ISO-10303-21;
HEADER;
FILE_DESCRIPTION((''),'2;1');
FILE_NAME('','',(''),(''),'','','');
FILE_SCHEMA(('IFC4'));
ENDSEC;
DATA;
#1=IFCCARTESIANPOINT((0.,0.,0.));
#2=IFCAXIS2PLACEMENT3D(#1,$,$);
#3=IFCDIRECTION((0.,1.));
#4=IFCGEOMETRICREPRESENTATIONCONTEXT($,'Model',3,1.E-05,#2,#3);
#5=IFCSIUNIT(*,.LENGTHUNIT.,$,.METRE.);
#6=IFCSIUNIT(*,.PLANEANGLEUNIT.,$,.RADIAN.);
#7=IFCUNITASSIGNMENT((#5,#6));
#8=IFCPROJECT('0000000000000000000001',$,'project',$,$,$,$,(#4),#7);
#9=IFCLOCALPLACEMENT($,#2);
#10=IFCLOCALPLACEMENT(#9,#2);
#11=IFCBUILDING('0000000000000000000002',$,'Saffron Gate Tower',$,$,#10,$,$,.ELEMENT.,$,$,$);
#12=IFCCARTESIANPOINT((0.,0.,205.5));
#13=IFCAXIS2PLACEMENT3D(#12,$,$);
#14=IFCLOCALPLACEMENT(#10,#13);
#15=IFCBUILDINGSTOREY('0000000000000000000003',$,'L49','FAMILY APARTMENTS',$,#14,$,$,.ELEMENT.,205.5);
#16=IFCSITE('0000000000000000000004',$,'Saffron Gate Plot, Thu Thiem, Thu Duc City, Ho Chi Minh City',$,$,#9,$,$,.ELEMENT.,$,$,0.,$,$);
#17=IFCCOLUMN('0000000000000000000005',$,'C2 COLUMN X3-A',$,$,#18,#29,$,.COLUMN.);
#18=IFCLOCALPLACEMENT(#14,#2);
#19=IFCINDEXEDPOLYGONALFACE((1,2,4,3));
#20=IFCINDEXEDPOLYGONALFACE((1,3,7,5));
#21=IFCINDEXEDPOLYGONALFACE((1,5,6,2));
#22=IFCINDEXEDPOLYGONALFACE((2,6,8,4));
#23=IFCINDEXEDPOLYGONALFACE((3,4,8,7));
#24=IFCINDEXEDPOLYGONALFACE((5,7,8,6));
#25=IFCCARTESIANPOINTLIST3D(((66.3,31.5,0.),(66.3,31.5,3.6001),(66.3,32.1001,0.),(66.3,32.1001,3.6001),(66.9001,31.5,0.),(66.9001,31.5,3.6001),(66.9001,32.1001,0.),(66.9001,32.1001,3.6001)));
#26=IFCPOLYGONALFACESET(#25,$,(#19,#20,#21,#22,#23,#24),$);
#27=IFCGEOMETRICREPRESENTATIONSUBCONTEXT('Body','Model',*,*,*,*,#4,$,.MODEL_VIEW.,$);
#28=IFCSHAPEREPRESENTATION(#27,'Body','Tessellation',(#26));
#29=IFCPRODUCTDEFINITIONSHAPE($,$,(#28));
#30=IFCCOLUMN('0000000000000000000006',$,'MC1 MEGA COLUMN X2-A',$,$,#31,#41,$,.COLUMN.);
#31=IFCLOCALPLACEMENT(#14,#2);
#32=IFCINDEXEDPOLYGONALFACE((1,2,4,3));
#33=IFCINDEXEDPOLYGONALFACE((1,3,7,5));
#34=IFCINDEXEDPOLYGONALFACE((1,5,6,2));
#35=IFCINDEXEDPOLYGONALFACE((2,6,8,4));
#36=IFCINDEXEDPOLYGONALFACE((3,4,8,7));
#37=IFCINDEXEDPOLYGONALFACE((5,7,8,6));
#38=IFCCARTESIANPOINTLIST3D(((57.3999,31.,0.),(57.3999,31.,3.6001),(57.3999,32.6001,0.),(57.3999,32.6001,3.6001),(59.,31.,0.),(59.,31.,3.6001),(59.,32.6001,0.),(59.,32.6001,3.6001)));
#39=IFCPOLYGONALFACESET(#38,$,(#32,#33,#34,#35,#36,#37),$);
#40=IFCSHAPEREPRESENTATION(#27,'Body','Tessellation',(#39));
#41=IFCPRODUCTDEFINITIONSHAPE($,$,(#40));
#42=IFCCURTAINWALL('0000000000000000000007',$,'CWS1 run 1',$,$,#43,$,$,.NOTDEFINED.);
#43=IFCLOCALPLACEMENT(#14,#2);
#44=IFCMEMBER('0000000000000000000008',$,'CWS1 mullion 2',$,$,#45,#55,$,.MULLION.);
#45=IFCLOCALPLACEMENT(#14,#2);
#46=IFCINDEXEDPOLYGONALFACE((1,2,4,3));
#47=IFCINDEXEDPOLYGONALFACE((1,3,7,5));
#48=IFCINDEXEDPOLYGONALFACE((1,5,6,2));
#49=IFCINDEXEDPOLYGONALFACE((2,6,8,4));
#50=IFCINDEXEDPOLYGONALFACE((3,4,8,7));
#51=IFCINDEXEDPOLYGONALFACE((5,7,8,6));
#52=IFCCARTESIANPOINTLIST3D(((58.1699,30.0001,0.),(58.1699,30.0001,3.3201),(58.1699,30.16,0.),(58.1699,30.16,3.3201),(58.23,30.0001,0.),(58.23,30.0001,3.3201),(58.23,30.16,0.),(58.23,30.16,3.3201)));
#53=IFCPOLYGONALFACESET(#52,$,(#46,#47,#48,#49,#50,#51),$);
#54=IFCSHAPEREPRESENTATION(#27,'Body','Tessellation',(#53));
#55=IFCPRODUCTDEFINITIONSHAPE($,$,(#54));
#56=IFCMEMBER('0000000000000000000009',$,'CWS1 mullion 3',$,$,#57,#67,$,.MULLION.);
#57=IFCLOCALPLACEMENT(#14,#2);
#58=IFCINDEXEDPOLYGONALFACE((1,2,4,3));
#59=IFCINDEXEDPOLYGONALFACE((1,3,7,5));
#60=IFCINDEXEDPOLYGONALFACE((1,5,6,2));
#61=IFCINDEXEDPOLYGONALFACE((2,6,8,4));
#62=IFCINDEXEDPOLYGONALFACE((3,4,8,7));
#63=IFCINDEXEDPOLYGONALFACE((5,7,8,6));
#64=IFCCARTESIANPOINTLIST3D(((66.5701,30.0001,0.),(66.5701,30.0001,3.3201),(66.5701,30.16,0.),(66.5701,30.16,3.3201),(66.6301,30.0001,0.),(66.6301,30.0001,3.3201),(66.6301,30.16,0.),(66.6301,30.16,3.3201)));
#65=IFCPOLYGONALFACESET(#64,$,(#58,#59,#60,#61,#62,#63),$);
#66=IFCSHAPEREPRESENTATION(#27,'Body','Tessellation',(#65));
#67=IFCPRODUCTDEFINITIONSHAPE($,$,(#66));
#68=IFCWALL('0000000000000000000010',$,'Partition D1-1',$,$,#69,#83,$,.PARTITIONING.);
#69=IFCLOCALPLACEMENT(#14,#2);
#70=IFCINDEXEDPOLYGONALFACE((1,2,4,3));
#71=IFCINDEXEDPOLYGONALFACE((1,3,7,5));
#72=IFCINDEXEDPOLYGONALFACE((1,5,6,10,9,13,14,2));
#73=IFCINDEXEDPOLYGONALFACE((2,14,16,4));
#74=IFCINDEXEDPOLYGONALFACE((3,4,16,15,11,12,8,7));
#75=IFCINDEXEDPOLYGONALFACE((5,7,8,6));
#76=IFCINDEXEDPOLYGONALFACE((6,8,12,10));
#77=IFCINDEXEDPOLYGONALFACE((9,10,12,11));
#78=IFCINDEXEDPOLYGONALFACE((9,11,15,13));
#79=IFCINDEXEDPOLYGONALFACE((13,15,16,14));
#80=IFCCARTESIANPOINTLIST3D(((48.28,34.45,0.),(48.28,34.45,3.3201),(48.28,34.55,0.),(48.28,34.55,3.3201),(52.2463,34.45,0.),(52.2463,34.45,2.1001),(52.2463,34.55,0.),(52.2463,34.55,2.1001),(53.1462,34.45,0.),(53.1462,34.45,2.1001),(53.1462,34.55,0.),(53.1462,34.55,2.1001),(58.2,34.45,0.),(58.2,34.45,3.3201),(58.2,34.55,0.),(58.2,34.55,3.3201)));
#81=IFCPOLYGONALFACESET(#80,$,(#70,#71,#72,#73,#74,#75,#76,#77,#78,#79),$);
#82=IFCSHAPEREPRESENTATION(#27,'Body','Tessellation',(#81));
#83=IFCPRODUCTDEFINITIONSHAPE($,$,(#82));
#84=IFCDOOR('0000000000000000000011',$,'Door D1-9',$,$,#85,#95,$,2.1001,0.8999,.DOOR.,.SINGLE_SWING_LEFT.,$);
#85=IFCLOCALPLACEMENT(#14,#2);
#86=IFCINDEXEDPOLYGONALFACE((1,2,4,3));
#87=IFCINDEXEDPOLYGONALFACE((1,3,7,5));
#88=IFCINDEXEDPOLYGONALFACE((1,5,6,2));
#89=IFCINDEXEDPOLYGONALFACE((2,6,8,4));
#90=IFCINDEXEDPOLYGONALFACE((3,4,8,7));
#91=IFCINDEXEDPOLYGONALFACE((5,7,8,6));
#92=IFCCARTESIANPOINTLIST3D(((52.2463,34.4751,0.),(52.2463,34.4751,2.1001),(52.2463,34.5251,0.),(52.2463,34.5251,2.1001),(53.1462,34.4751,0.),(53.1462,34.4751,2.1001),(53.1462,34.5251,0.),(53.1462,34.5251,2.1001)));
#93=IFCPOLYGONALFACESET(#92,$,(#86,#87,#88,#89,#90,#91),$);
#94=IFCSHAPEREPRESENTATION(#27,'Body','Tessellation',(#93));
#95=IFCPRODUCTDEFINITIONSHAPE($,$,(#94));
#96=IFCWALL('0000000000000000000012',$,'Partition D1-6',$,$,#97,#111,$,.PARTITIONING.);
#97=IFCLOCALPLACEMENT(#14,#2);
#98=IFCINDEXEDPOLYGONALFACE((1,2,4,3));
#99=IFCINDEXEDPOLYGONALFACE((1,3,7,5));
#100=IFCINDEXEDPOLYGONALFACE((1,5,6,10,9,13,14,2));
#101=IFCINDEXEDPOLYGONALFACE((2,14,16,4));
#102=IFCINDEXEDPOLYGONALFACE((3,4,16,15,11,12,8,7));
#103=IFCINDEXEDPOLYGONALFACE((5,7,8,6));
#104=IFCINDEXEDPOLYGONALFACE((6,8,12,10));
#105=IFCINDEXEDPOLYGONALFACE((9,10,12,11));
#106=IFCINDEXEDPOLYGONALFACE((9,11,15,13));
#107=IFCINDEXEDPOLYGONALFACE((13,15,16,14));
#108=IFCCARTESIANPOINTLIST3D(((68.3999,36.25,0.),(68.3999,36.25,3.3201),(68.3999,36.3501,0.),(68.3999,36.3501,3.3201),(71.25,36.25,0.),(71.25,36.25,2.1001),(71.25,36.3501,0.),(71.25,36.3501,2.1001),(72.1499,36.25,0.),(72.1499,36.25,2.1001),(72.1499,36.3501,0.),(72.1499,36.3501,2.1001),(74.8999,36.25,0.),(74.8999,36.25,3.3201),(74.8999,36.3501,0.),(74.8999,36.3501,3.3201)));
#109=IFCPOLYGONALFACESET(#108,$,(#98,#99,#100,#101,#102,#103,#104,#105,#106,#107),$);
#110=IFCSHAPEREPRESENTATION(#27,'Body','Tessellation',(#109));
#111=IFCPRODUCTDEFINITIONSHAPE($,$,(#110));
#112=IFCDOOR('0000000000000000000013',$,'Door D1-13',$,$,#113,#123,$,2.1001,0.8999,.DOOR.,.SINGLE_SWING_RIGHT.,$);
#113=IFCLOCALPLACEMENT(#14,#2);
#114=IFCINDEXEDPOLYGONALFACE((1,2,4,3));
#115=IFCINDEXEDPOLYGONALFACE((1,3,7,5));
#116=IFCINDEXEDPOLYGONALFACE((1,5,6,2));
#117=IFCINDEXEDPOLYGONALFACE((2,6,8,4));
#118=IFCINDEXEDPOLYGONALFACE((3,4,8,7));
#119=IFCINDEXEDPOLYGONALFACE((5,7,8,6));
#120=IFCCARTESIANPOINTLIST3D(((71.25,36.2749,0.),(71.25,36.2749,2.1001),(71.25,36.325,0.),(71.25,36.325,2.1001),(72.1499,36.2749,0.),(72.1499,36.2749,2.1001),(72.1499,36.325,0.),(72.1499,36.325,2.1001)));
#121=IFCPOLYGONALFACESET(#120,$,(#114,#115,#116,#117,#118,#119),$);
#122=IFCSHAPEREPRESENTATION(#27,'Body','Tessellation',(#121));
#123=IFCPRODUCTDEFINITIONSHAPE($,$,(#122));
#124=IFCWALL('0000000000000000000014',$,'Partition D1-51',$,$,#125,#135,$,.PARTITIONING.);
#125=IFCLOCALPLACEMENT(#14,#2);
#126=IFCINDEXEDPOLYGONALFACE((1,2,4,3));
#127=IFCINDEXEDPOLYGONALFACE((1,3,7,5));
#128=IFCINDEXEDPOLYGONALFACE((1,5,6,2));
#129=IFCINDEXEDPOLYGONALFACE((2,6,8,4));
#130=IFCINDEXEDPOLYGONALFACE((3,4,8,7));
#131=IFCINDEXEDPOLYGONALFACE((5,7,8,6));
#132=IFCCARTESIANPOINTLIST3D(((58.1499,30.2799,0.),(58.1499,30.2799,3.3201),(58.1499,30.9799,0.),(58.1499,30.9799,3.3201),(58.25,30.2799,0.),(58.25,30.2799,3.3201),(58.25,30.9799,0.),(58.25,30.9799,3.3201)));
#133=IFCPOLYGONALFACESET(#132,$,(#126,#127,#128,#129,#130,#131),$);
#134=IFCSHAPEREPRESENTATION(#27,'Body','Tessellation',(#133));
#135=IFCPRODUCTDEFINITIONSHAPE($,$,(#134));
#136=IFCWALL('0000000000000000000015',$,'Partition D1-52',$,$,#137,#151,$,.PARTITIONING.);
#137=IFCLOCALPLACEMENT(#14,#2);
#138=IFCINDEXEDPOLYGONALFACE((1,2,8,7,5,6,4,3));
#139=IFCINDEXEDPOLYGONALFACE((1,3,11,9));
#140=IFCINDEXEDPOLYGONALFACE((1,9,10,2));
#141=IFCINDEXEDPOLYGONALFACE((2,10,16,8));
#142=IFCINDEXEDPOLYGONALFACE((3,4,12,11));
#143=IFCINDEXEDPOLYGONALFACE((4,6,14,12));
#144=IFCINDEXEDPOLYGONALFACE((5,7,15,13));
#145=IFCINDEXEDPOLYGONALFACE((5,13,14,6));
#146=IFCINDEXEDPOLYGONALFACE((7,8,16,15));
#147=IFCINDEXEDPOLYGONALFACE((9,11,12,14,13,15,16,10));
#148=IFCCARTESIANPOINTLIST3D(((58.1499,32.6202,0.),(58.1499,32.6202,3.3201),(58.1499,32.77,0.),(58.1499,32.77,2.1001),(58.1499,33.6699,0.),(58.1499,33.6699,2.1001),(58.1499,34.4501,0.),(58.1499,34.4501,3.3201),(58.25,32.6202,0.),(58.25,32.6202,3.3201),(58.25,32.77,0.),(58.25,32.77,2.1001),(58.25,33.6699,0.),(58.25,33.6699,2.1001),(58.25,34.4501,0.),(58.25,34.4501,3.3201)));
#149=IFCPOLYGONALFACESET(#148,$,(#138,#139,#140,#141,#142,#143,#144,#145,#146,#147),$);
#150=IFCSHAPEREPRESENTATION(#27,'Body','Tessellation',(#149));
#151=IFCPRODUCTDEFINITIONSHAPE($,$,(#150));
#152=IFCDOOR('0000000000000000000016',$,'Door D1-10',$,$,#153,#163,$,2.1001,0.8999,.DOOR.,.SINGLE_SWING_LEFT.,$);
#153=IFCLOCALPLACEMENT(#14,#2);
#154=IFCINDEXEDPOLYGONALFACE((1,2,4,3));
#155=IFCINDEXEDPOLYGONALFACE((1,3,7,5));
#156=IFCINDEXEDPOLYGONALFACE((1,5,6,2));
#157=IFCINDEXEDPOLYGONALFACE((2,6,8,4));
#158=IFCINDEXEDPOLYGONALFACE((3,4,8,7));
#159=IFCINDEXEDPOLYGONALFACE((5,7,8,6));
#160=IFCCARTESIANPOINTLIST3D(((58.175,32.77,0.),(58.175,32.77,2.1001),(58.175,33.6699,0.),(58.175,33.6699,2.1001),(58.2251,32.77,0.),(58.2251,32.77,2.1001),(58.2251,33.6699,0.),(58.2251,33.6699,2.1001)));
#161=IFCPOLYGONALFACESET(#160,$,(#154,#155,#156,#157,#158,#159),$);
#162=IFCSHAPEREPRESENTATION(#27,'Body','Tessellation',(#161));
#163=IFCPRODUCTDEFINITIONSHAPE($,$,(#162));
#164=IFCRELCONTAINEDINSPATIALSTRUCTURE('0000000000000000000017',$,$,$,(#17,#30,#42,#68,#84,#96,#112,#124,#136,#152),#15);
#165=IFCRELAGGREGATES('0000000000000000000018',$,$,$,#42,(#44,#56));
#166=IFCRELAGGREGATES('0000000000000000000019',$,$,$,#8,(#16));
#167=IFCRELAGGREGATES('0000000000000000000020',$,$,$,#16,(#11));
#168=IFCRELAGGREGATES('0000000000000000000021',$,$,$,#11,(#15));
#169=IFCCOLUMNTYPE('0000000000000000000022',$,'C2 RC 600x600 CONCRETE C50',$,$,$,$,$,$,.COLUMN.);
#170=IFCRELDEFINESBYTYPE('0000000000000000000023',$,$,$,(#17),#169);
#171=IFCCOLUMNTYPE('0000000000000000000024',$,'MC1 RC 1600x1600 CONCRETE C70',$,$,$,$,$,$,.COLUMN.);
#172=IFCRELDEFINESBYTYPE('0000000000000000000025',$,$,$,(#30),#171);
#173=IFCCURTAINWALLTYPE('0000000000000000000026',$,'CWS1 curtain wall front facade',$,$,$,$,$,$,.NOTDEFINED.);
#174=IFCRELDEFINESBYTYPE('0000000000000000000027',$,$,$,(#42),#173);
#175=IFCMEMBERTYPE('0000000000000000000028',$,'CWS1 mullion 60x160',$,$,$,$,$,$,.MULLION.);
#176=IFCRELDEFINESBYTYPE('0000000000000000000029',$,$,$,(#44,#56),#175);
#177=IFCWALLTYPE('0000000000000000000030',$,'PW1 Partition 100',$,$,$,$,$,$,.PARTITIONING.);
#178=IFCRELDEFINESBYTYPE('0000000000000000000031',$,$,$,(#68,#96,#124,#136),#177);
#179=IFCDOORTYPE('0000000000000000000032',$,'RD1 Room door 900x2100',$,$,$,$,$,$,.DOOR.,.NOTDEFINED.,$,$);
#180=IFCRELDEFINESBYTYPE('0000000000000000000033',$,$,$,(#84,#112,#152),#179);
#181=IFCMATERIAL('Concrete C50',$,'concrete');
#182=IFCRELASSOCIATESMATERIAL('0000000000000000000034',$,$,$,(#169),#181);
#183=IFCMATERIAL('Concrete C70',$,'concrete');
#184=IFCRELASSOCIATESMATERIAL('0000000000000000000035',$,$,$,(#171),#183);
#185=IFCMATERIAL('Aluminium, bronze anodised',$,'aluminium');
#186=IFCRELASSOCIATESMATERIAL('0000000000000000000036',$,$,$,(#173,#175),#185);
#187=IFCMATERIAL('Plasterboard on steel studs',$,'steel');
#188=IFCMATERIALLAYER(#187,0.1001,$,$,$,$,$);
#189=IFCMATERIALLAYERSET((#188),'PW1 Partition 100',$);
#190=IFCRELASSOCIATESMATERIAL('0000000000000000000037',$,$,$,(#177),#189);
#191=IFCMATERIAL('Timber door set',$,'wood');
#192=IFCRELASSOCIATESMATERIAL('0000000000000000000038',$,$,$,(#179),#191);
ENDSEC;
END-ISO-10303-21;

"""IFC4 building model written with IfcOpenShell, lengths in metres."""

from ifc_helpers import new_model, si_unit, direction, frame, frame_2d, origin, origin_2d, place, context, subcontext, project, spatial, rectangle, extrude, material, layer, layer_set, material_profile, profile_set, type_object, element, fill, aggregate, save


model = new_model("IFC4")

# Units and contexts
model_context = context("Model", 3, precision=1e-05, world=origin(), true_north=direction((0.0, 1.0)))
body_context = subcontext(model_context, "Body", "Model", "MODEL_VIEW")
ifc_project = project(units=[si_unit("LENGTHUNIT", "METRE"), si_unit("PLANEANGLEUNIT", "RADIAN")], contexts=[model_context])

# Site, building, storey
site_placement = place(None, origin())
site = spatial("IfcSite", under=ifc_project, at=site_placement, Name="Saffron Gate Plot, Thu Thiem, Thu Duc City, Ho Chi Minh City", CompositionType="ELEMENT", RefElevation=0.0)
building_placement = place(site_placement, origin())
building = spatial("IfcBuilding", under=site, at=building_placement, Name="Saffron Gate Tower", CompositionType="ELEMENT")
storey_placement = place(building_placement, frame((0.0, 0.0, 205.5)))
storey = spatial("IfcBuildingStorey", under=building, at=storey_placement, Name="L49", Description="FAMILY APARTMENTS", CompositionType="ELEMENT", Elevation=205.5)

# Columns
ifc_material_1 = material(Name="Concrete C50", Category="concrete")
ifc_material_profile_1 = material_profile(ifc_material_1, rectangle(XDim=0.6001, YDim=0.6001, at=origin_2d()))
ifc_profile_set_1 = profile_set([ifc_material_profile_1], Name="Concrete C50")
column_type_1 = type_object("IfcColumnType", Name="C2 RC 600x600 CONCRETE C50", PredefinedType="COLUMN", material=ifc_profile_set_1)
column_1_placement = place(storey_placement, frame((66.6001, 31.8, 0.0), z_axis=(0.0, 0.0, 1.0), x_axis=(1.0, 0.0, 0.0)))
element("IfcColumn", 1, at=column_1_placement, inside=storey, type_object=column_type_1, Name="C2 COLUMN X3-A", PredefinedType="COLUMN", context=body_context, shape_type="SweptSolid", body=[
    extrude(rectangle(XDim=0.6001, YDim=0.6001, at=origin_2d()), origin(), (0.0, 0.0, 1.0), 3.6001),
])
ifc_material_2 = material(Name="Concrete C70", Category="concrete")
ifc_material_profile_2 = material_profile(ifc_material_2, rectangle(XDim=1.6001, YDim=1.6001, at=origin_2d()))
ifc_profile_set_2 = profile_set([ifc_material_profile_2], Name="Concrete C70")
column_type_2 = type_object("IfcColumnType", Name="MC1 RC 1600x1600 CONCRETE C70", PredefinedType="COLUMN", material=ifc_profile_set_2)
column_2_placement = place(storey_placement, frame((58.2, 31.8, 0.0), z_axis=(0.0, 0.0, 1.0), x_axis=(1.0, 0.0, 0.0)))
element("IfcColumn", 2, at=column_2_placement, inside=storey, type_object=column_type_2, Name="MC1 MEGA COLUMN X2-A", PredefinedType="COLUMN", context=body_context, shape_type="SweptSolid", body=[
    extrude(rectangle(XDim=1.6001, YDim=1.6001, at=origin_2d()), origin(), (0.0, 0.0, 1.0), 3.6001),
])

# Curtain wall, members
ifc_material_3 = material(Name="Aluminium, bronze anodised", Category="aluminium")
curtain_wall_type = type_object("IfcCurtainWallType", Name="CWS1 curtain wall front facade", PredefinedType="NOTDEFINED", material=ifc_material_3)
curtain_wall_placement = place(storey_placement, origin())
curtain_wall = element("IfcCurtainWall", 3, at=curtain_wall_placement, inside=storey, type_object=curtain_wall_type, Name="CWS1 run 1", PredefinedType="NOTDEFINED")
ifc_material_profile_3 = material_profile(ifc_material_3, rectangle(XDim=0.1599, YDim=0.0601, at=origin_2d()))
ifc_profile_set_3 = profile_set([ifc_material_profile_3], Name="Aluminium, bronze anodised")
member_type = type_object("IfcMemberType", Name="CWS1 mullion 60x160", PredefinedType="MULLION", material=ifc_profile_set_3)
member_1_placement = place(storey_placement, frame((58.2, 30.0801, 0.0), z_axis=(0.0, 0.0, 1.0), x_axis=(0.0, 1.0, 0.0)))
member_1 = element("IfcMember", 4, at=member_1_placement, type_object=member_type, Name="CWS1 mullion 2", PredefinedType="MULLION", context=body_context, shape_type="SweptSolid", body=[
    extrude(rectangle(XDim=0.1599, YDim=0.0601, at=origin_2d()), origin(), (0.0, 0.0, 1.0), 3.3201),
])
member_2_placement = place(storey_placement, frame((66.6001, 30.0801, 0.0), z_axis=(0.0, 0.0, 1.0), x_axis=(0.0, 1.0, 0.0)))
member_2 = element("IfcMember", 5, at=member_2_placement, type_object=member_type, Name="CWS1 mullion 3", PredefinedType="MULLION", context=body_context, shape_type="SweptSolid", body=[
    extrude(rectangle(XDim=0.1599, YDim=0.0601, at=origin_2d()), origin(), (0.0, 0.0, 1.0), 3.3201),
])
aggregate(curtain_wall, [member_1, member_2])

# Walls, openings, doors
ifc_material_4 = material(Name="Plasterboard on steel studs", Category="steel")
ifc_layer = layer(ifc_material_4, 0.1001)
ifc_layer_set = layer_set([ifc_layer], Name="PW1 Partition 100")
wall_type = type_object("IfcWallType", Name="PW1 Partition 100", PredefinedType="PARTITIONING", material=ifc_layer_set)
wall_1_placement = place(storey_placement, frame((58.2, 34.5, 0.0), z_axis=(0.0, 0.0, 1.0), x_axis=(-1.0, 0.0, 0.0)))
wall_1 = element("IfcWall", 6, at=wall_1_placement, inside=storey, type_object=wall_type, Name="Partition D1-1", PredefinedType="PARTITIONING", context=body_context, shape_type="SweptSolid", body=[
    extrude(rectangle(XDim=9.9199, YDim=0.1001, at=frame_2d((4.96, 0.0))), origin(), (0.0, 0.0, 1.0), 3.3201),
])
opening_1_placement = place(wall_1_placement, frame((5.0537, 0.0, 0.0)))
opening_1 = element("IfcOpeningElement", 7, at=opening_1_placement, cuts=wall_1, PredefinedType="OPENING", context=body_context, shape_type="SweptSolid", body=[
    extrude(rectangle(XDim=0.8999, YDim=2.1001, at=frame_2d((0.45, 1.05))), frame((0.0, 0.0601, 0.0), z_axis=(0.0, -1.0, 0.0), x_axis=(1.0, 0.0, 0.0)), (0.0, 0.0, 1.0), 0.1201),
])
ifc_material_5 = material(Name="Timber door set", Category="wood")
door_type = type_object("IfcDoorType", Name="RD1 Room door 900x2100", OperationType="NOTDEFINED", PredefinedType="DOOR", material=ifc_material_5)
door_1_placement = place(opening_1_placement, origin())
door_1 = element("IfcDoor", 8, at=door_1_placement, inside=storey, type_object=door_type, Name="Door D1-9", OperationType="SINGLE_SWING_LEFT", OverallHeight=2.1001, OverallWidth=0.8999, PredefinedType="DOOR", context=body_context, shape_type="SweptSolid", body=[
    extrude(rectangle(XDim=0.8999, YDim=2.1001, at=frame_2d((0.45, 1.05))), frame((0.0, 0.0249, 0.0), z_axis=(0.0, -1.0, 0.0), x_axis=(1.0, 0.0, 0.0)), (0.0, 0.0, 1.0), 0.05),
])
fill(opening_1, door_1)
wall_2_placement = place(storey_placement, frame((68.3999, 36.3, 0.0), z_axis=(0.0, 0.0, 1.0), x_axis=(1.0, 0.0, 0.0)))
wall_2 = element("IfcWall", 9, at=wall_2_placement, inside=storey, type_object=wall_type, Name="Partition D1-6", PredefinedType="PARTITIONING", context=body_context, shape_type="SweptSolid", body=[
    extrude(rectangle(XDim=6.5, YDim=0.1001, at=frame_2d((3.25, 0.0))), origin(), (0.0, 0.0, 1.0), 3.3201),
])
opening_2_placement = place(wall_2_placement, frame((2.8501, 0.0, 0.0)))
opening_2 = element("IfcOpeningElement", 10, at=opening_2_placement, cuts=wall_2, PredefinedType="OPENING", context=body_context, shape_type="SweptSolid", body=[
    extrude(rectangle(XDim=0.8999, YDim=2.1001, at=frame_2d((0.45, 1.05))), frame((0.0, 0.0601, 0.0), z_axis=(0.0, -1.0, 0.0), x_axis=(1.0, 0.0, 0.0)), (0.0, 0.0, 1.0), 0.1201),
])
door_2_placement = place(opening_2_placement, origin())
door_2 = element("IfcDoor", 11, at=door_2_placement, inside=storey, type_object=door_type, Name="Door D1-13", OperationType="SINGLE_SWING_RIGHT", OverallHeight=2.1001, OverallWidth=0.8999, PredefinedType="DOOR", context=body_context, shape_type="SweptSolid", body=[
    extrude(rectangle(XDim=0.8999, YDim=2.1001, at=frame_2d((0.45, 1.05))), frame((0.0, 0.0249, 0.0), z_axis=(0.0, -1.0, 0.0), x_axis=(1.0, 0.0, 0.0)), (0.0, 0.0, 1.0), 0.05),
])
fill(opening_2, door_2)

# Wall
wall_3_placement = place(storey_placement, frame((58.2, 30.98, 0.0), z_axis=(0.0, 0.0, 1.0), x_axis=(0.0, -1.0, 0.0)))
element("IfcWall", 12, at=wall_3_placement, inside=storey, type_object=wall_type, Name="Partition D1-51", PredefinedType="PARTITIONING", context=body_context, shape_type="SweptSolid", body=[
    extrude(rectangle(XDim=0.7, YDim=0.1001, at=frame_2d((0.3501, 0.0))), origin(), (0.0, 0.0, 1.0), 3.3201),
])

# Wall, opening, door
wall_4_placement = place(storey_placement, frame((58.2, 32.6201, 0.0), z_axis=(0.0, 0.0, 1.0), x_axis=(0.0, 1.0, 0.0)))
wall_4 = element("IfcWall", 13, at=wall_4_placement, inside=storey, type_object=wall_type, Name="Partition D1-52", PredefinedType="PARTITIONING", context=body_context, shape_type="SweptSolid", body=[
    extrude(rectangle(XDim=1.8298, YDim=0.1001, at=frame_2d((0.915, 0.0))), origin(), (0.0, 0.0, 1.0), 3.3201),
])
opening_3_placement = place(wall_4_placement, frame((0.1499, 0.0, 0.0)))
opening_3 = element("IfcOpeningElement", 14, at=opening_3_placement, cuts=wall_4, PredefinedType="OPENING", context=body_context, shape_type="SweptSolid", body=[
    extrude(rectangle(XDim=0.8999, YDim=2.1001, at=frame_2d((0.45, 1.05))), frame((0.0, 0.0601, 0.0), z_axis=(0.0, -1.0, 0.0), x_axis=(1.0, 0.0, 0.0)), (0.0, 0.0, 1.0), 0.1201),
])
door_3_placement = place(opening_3_placement, origin())
door_3 = element("IfcDoor", 15, at=door_3_placement, inside=storey, type_object=door_type, Name="Door D1-10", OperationType="SINGLE_SWING_LEFT", OverallHeight=2.1001, OverallWidth=0.8999, PredefinedType="DOOR", context=body_context, shape_type="SweptSolid", body=[
    extrude(rectangle(XDim=0.8999, YDim=2.1001, at=frame_2d((0.45, 1.05))), frame((0.0, 0.0249, 0.0), z_axis=(0.0, -1.0, 0.0), x_axis=(1.0, 0.0, 0.0)), (0.0, 0.0, 1.0), 0.05),
])
fill(opening_3, door_3)

save(model, "model.ifc")
